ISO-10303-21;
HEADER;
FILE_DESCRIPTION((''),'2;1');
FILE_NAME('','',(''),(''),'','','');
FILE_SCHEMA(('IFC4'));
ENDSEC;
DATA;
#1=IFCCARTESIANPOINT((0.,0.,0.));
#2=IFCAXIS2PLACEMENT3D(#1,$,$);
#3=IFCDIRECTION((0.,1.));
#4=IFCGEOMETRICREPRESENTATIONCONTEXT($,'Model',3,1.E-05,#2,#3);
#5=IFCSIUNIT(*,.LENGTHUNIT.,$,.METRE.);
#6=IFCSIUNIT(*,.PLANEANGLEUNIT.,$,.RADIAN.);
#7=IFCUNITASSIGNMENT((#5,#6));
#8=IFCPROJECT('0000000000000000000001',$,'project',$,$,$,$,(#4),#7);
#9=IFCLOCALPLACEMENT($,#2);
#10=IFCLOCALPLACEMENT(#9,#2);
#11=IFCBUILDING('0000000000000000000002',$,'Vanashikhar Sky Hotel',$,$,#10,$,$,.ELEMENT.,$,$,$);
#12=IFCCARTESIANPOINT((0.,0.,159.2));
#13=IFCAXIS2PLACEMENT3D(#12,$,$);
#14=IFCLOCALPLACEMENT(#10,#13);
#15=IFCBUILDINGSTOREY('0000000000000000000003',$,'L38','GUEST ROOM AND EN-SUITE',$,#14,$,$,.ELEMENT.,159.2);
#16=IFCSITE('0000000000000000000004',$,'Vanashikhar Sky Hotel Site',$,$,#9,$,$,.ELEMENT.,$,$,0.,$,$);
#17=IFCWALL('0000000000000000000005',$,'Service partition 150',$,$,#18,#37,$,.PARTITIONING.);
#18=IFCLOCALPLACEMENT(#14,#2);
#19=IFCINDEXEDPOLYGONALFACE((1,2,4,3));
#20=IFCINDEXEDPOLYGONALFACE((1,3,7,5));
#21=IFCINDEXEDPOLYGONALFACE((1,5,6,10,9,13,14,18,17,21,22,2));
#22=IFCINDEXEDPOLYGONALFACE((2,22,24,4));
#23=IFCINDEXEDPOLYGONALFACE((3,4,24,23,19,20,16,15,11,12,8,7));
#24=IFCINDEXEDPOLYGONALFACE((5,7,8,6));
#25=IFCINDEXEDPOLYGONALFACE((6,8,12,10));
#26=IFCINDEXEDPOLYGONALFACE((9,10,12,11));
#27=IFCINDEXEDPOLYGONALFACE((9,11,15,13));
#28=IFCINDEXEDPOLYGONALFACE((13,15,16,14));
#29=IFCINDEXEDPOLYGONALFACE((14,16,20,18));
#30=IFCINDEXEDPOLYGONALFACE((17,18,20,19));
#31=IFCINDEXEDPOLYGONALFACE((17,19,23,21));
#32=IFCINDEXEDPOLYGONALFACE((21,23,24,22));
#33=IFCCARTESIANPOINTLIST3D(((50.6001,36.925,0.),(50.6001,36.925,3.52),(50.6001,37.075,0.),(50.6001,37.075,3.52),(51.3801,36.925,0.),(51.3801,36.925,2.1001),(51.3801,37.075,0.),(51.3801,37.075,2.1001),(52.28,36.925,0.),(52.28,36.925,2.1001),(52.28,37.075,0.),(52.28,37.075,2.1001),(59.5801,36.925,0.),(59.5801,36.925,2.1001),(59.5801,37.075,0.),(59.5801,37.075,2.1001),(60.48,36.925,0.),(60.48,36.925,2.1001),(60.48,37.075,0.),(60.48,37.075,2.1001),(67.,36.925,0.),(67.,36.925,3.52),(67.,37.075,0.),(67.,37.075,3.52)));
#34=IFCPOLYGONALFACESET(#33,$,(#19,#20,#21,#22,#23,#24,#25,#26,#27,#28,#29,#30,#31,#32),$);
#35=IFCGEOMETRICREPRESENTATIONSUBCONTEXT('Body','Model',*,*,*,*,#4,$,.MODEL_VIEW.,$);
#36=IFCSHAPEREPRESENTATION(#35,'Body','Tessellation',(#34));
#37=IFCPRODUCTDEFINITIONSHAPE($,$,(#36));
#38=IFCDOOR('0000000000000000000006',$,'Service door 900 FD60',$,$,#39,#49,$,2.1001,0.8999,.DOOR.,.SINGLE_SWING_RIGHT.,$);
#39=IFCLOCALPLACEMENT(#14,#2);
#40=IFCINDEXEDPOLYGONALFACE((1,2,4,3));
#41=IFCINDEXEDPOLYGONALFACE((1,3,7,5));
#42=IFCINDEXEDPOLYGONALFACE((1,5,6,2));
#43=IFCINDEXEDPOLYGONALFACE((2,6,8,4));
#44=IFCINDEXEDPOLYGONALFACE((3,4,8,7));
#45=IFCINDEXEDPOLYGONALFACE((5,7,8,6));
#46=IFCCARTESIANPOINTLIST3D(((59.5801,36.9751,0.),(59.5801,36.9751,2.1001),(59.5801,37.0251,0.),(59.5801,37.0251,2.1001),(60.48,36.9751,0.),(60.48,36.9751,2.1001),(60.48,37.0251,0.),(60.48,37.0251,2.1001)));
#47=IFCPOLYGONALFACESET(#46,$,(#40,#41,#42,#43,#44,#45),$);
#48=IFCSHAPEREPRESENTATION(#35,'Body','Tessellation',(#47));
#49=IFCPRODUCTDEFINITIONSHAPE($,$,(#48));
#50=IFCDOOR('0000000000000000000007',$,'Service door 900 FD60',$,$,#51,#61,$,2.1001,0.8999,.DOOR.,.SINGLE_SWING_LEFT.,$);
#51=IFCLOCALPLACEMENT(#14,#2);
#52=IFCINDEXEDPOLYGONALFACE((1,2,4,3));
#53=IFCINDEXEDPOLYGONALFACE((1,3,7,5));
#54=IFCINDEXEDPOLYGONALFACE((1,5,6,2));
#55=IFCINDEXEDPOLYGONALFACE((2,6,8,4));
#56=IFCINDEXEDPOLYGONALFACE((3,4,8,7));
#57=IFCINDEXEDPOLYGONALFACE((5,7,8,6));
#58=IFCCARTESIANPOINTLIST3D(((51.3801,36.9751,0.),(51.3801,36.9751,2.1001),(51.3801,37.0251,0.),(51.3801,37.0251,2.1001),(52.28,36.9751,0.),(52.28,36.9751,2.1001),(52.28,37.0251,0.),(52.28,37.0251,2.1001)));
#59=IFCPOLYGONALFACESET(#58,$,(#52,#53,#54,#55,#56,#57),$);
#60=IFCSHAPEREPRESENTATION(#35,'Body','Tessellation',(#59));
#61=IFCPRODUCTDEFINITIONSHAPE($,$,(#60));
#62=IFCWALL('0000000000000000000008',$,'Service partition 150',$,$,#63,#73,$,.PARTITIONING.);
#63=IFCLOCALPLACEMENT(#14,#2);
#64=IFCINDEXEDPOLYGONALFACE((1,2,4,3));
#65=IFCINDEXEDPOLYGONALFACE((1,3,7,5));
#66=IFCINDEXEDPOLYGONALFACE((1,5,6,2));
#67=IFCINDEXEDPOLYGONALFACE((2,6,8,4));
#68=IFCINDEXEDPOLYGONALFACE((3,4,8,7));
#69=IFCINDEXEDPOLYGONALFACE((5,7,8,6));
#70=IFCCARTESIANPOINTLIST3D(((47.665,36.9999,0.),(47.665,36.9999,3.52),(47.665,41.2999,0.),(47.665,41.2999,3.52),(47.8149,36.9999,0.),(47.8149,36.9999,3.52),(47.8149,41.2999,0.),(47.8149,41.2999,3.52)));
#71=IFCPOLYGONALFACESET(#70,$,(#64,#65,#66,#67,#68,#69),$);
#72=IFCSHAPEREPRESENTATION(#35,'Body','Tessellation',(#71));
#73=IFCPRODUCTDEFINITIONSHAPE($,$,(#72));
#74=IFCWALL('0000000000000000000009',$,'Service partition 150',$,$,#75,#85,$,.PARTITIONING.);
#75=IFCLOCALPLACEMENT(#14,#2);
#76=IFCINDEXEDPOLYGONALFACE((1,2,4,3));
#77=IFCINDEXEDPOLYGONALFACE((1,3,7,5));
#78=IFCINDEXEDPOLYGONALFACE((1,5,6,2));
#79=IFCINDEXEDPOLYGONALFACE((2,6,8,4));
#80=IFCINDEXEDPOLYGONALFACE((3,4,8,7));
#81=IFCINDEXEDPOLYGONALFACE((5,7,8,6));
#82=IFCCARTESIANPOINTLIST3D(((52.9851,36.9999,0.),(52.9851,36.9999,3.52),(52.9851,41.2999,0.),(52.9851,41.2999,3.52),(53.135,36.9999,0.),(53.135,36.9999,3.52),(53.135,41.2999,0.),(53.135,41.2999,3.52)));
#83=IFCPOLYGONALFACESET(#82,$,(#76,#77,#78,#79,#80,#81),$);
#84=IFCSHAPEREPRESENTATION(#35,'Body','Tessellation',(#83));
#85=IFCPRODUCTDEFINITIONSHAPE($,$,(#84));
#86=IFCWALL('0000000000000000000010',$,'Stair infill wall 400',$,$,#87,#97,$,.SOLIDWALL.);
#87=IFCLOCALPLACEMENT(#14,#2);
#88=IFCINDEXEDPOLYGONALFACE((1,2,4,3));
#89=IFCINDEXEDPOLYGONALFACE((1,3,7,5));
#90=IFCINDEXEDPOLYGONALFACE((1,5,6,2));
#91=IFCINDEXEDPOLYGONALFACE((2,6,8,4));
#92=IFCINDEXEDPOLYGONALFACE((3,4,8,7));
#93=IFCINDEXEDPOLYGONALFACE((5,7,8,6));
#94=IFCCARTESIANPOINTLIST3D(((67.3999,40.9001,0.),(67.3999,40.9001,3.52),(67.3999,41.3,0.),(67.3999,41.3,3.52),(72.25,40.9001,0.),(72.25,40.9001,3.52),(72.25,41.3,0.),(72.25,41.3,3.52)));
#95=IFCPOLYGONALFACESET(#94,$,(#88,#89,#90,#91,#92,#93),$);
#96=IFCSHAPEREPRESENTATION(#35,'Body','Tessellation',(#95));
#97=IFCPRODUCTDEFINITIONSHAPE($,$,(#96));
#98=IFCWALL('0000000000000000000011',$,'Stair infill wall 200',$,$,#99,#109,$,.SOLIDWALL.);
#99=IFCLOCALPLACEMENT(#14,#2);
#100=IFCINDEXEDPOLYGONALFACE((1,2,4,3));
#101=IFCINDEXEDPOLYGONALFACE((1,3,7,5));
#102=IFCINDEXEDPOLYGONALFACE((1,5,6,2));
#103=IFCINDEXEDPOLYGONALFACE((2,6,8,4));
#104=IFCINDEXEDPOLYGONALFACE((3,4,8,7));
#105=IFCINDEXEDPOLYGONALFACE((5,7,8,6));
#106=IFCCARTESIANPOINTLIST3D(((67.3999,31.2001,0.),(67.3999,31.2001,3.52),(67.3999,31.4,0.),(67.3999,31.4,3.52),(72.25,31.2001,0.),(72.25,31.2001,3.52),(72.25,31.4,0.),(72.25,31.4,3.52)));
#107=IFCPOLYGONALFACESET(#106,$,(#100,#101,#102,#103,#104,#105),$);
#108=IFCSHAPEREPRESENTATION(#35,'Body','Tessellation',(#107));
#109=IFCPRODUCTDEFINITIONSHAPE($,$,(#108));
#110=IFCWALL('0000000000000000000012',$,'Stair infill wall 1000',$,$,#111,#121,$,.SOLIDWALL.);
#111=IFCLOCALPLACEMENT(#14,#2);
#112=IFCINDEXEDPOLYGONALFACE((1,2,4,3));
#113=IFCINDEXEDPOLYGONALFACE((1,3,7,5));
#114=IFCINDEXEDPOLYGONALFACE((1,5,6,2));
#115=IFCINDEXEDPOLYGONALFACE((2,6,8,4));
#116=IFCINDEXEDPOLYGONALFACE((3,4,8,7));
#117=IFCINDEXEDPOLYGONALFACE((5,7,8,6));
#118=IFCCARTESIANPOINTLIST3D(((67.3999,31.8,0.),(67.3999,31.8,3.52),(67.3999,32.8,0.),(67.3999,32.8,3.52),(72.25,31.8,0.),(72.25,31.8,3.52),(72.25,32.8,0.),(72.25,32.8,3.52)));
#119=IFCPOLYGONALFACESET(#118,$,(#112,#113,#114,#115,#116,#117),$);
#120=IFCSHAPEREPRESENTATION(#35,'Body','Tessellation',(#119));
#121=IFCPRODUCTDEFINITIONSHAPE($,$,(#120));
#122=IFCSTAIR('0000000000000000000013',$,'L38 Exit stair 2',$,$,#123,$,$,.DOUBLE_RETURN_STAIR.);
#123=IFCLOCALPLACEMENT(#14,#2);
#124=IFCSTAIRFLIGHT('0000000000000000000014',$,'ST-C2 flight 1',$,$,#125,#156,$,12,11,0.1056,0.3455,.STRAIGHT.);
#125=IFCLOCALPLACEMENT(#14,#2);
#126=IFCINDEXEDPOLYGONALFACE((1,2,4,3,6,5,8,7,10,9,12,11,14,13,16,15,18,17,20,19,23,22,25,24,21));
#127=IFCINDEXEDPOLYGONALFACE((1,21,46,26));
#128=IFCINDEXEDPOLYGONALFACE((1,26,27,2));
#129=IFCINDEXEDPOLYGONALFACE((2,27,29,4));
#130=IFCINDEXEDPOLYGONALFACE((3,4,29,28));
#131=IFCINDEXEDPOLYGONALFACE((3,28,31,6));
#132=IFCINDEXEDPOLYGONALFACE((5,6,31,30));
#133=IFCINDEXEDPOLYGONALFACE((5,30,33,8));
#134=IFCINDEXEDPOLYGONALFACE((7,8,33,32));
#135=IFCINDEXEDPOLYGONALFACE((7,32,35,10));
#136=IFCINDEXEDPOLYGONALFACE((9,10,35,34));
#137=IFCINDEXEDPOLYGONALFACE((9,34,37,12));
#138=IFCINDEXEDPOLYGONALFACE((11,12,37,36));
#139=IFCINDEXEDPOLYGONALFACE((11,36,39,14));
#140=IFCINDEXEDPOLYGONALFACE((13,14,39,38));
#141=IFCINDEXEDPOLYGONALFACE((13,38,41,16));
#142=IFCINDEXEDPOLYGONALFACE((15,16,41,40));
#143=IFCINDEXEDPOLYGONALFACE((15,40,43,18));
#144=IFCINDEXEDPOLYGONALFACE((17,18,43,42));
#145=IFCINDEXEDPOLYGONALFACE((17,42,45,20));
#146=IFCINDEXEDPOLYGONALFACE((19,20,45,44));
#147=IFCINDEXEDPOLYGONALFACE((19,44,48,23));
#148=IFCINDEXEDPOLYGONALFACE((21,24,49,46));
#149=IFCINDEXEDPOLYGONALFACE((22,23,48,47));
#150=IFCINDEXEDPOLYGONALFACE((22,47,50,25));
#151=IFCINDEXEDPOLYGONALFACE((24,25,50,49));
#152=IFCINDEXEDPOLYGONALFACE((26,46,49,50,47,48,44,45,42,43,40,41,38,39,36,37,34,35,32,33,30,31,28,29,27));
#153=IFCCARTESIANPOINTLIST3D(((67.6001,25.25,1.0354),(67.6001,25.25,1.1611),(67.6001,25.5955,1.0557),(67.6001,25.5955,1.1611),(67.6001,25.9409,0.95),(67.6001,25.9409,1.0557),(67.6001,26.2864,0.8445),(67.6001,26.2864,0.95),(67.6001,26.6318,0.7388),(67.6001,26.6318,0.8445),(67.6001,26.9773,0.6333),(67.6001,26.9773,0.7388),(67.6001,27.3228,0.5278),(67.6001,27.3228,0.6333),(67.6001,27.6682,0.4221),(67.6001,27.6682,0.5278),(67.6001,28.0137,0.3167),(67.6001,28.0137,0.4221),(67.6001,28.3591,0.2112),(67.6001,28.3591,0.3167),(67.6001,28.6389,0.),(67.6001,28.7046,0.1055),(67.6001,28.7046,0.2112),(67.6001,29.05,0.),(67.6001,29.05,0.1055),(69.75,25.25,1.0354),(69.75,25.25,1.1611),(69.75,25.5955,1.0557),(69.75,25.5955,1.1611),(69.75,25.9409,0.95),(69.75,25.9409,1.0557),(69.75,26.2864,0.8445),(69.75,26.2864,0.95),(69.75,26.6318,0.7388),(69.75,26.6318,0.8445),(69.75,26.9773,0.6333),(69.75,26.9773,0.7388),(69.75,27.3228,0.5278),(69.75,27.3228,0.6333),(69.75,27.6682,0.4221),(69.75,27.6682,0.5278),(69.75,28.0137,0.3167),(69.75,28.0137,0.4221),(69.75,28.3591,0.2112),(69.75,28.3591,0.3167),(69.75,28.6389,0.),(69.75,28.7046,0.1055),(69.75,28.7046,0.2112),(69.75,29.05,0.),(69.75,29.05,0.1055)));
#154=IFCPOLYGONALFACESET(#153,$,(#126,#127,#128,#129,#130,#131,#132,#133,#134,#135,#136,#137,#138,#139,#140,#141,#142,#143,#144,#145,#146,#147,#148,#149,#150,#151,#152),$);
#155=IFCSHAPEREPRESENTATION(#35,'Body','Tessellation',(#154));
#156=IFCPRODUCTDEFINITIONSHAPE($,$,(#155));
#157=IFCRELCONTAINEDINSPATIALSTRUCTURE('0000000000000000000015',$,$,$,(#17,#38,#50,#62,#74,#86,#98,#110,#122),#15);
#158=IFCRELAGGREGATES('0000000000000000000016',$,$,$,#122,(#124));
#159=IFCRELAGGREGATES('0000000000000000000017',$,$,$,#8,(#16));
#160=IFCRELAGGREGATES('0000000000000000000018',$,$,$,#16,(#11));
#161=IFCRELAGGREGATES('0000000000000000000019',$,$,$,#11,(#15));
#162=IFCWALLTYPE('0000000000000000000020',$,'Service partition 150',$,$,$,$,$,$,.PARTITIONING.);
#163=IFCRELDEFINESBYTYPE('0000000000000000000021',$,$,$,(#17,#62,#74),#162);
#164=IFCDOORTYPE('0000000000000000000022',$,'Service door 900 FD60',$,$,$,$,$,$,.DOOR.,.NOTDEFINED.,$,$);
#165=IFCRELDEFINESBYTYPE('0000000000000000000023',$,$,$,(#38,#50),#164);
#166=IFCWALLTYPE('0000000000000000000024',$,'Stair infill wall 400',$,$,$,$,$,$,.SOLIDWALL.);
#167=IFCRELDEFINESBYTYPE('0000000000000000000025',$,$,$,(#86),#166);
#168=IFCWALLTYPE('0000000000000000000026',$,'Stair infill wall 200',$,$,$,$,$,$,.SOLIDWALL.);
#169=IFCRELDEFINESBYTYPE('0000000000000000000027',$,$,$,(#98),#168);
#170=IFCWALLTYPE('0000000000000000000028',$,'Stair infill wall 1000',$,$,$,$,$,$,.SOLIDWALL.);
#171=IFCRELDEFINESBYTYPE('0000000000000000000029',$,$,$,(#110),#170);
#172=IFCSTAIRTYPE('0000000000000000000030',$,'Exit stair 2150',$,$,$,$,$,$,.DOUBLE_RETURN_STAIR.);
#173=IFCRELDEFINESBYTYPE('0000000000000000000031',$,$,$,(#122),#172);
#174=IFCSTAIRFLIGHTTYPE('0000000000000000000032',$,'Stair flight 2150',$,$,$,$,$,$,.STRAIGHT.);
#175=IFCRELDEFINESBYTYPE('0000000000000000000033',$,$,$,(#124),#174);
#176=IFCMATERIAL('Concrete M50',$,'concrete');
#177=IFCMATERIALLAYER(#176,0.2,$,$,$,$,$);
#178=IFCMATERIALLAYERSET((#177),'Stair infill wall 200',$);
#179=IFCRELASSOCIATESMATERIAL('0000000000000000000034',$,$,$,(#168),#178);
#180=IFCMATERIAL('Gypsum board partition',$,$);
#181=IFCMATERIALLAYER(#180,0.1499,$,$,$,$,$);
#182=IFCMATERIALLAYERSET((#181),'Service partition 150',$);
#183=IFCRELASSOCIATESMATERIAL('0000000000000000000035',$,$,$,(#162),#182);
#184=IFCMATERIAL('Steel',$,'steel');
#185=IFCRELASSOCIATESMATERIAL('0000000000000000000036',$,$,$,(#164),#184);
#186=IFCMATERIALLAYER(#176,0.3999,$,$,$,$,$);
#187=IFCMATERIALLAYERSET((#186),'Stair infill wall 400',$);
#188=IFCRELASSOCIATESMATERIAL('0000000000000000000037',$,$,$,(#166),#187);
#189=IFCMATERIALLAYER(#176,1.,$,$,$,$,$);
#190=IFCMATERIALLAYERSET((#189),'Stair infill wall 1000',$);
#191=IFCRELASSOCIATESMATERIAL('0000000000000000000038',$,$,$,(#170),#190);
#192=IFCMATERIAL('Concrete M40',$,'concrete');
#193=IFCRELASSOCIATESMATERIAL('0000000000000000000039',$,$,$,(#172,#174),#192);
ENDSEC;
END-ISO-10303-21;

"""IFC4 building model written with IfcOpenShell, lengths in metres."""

from ifc_helpers import new_model, si_unit, direction, frame, frame_2d, origin, place, context, subcontext, project, spatial, polyline, rectangle, outline, extrude, source, transform, mapped, material, layer, layer_set, type_object, element, fill, aggregate, save


model = new_model("IFC4")

# Units and contexts
model_context = context("Model", 3, precision=1e-05, world=origin(), true_north=direction((0.0, 1.0)))
body_context = subcontext(model_context, "Body", "Model", "MODEL_VIEW")
ifc_project = project(units=[si_unit("LENGTHUNIT", "METRE"), si_unit("PLANEANGLEUNIT", "RADIAN")], contexts=[model_context])

# Site, building, storey
site_placement = place(None, origin())
site = spatial("IfcSite", under=ifc_project, at=site_placement, Name="Vanashikhar Sky Hotel Site", CompositionType="ELEMENT", RefElevation=0.0)
building_placement = place(site_placement, origin())
building = spatial("IfcBuilding", under=site, at=building_placement, Name="Vanashikhar Sky Hotel", CompositionType="ELEMENT")
storey_placement = place(building_placement, frame((0.0, 0.0, 159.2)))
storey = spatial("IfcBuildingStorey", under=building, at=storey_placement, Name="L38", Description="GUEST ROOM AND EN-SUITE", CompositionType="ELEMENT", Elevation=159.2)

# Shared definitions
ifc_material_1 = material(Name="Steel", Category="steel")

# Shared definitions
ifc_material_2 = material(Name="Concrete M50", Category="concrete")
ifc_layer_1 = layer(ifc_material_2, 0.2)
ifc_layer_set_1 = layer_set([ifc_layer_1], Name="Stair infill wall 200")
wall_type_1 = type_object("IfcWallType", Name="Stair infill wall 200", PredefinedType="SOLIDWALL", material=ifc_layer_set_1)
ifc_material_3 = material(Name="Gypsum board partition")
ifc_layer_2 = layer(ifc_material_3, 0.1499)
ifc_layer_set_2 = layer_set([ifc_layer_2], Name="Service partition 150")
wall_type_2 = type_object("IfcWallType", Name="Service partition 150", PredefinedType="PARTITIONING", material=ifc_layer_set_2)

# Wall, openings, doors
shared_shape_1 = source(origin(), body_context, "Body", "SweptSolid", [
    extrude(rectangle(XDim=0.8999, YDim=2.1001, at=frame_2d((0.45, 1.05))), frame((0.0, 0.085, 0.0), z_axis=(0.0, -1.0, 0.0), x_axis=(1.0, 0.0, 0.0)), (0.0, 0.0, 1.0), 0.1699),
])
door_type_1 = type_object("IfcDoorType", Name="Service door 900 FD60", OperationType="NOTDEFINED", PredefinedType="DOOR", material=ifc_material_1)
shared_shape_2 = source(origin(), body_context, "Body", "SweptSolid", [
    extrude(rectangle(XDim=0.8999, YDim=2.1001, at=frame_2d((0.45, 1.05))), frame((0.0, 0.0249, 0.0), z_axis=(0.0, -1.0, 0.0), x_axis=(1.0, 0.0, 0.0)), (0.0, 0.0, 1.0), 0.05),
])
shared_shape_3 = source(origin(), body_context, "Body", "SweptSolid", [
    extrude(rectangle(XDim=16.3999, YDim=0.1499, at=frame_2d((8.2, 0.0))), origin(), (0.0, 0.0, 1.0), 3.52),
])
wall_1_placement = place(storey_placement, frame((67.0, 37.0, 0.0), z_axis=(0.0, 0.0, 1.0), x_axis=(-1.0, 0.0, 0.0)))
wall_1 = element("IfcWall", 1, at=wall_1_placement, inside=storey, type_object=wall_type_2, Name="Service partition 150", PredefinedType="PARTITIONING", context=body_context, shape_type="MappedRepresentation", body=[
    mapped(shared_shape_3, transform((0.0, 0.0, 0.0), scale=1.0)),
])
opening_1_placement = place(wall_1_placement, frame((6.52, 0.0, 0.0)))
opening_1 = element("IfcOpeningElement", 2, at=opening_1_placement, cuts=wall_1, PredefinedType="OPENING", context=body_context, shape_type="MappedRepresentation", body=[
    mapped(shared_shape_1, transform((0.0, 0.0, 0.0), scale=1.0)),
])
opening_2_placement = place(wall_1_placement, frame((14.72, 0.0, 0.0)))
opening_2 = element("IfcOpeningElement", 3, at=opening_2_placement, cuts=wall_1, PredefinedType="OPENING", context=body_context, shape_type="MappedRepresentation", body=[
    mapped(shared_shape_1, transform((0.0, 0.0, 0.0), scale=1.0)),
])
door_1_placement = place(opening_1_placement, origin())
door_1 = element("IfcDoor", 4, at=door_1_placement, inside=storey, type_object=door_type_1, Name="Service door 900 FD60", OperationType="SINGLE_SWING_RIGHT", OverallHeight=2.1001, OverallWidth=0.8999, PredefinedType="DOOR", context=body_context, shape_type="MappedRepresentation", body=[
    mapped(shared_shape_2, transform((0.0, 0.0, 0.0), scale=1.0)),
])
fill(opening_1, door_1)
door_2_placement = place(opening_2_placement, origin())
door_2 = element("IfcDoor", 5, at=door_2_placement, inside=storey, type_object=door_type_1, Name="Service door 900 FD60", OperationType="SINGLE_SWING_LEFT", OverallHeight=2.1001, OverallWidth=0.8999, PredefinedType="DOOR", context=body_context, shape_type="MappedRepresentation", body=[
    mapped(shared_shape_2, transform((0.0, 0.0, 0.0), scale=1.0)),
])
fill(opening_2, door_2)

# Walls
shared_shape_4 = source(origin(), body_context, "Body", "SweptSolid", [
    extrude(rectangle(XDim=4.3, YDim=0.1499, at=frame_2d((2.1499, 0.0))), origin(), (0.0, 0.0, 1.0), 3.52),
])
for number, where, z_axis, x_axis, name in (
    (6, (47.74, 37.0, 0.0), (0.0, 0.0, 1.0), (0.0, 1.0, 0.0), "Service partition 150"),
    (7, (53.0601, 37.0, 0.0), (0.0, 0.0, 1.0), (0.0, 1.0, 0.0), "Service partition 150"),
):
    element("IfcWall", number, at=place(storey_placement, frame(where, z_axis=z_axis, x_axis=x_axis)), inside=storey, type_object=wall_type_2, Name=name, PredefinedType="PARTITIONING", context=body_context, shape_type="MappedRepresentation", body=[
        mapped(shared_shape_4, transform((0.0, 0.0, 0.0), scale=1.0)),
    ])
ifc_layer_3 = layer(ifc_material_2, 0.3999)
ifc_layer_set_3 = layer_set([ifc_layer_3], Name="Stair infill wall 400")
wall_type_3 = type_object("IfcWallType", Name="Stair infill wall 400", PredefinedType="SOLIDWALL", material=ifc_layer_set_3)
shared_shape_5 = source(origin(), body_context, "Body", "SweptSolid", [
    extrude(rectangle(XDim=4.8501, YDim=0.3999, at=frame_2d((2.425, 0.0))), origin(), (0.0, 0.0, 1.0), 3.52),
])
wall_2_placement = place(storey_placement, frame((67.3999, 41.1001, 0.0), z_axis=(0.0, 0.0, 1.0), x_axis=(1.0, 0.0, 0.0)))
element("IfcWall", 8, at=wall_2_placement, inside=storey, type_object=wall_type_3, Name="Stair infill wall 400", PredefinedType="SOLIDWALL", context=body_context, shape_type="MappedRepresentation", body=[
    mapped(shared_shape_5, transform((0.0, 0.0, 0.0), scale=1.0)),
])
shared_shape_6 = source(origin(), body_context, "Body", "SweptSolid", [
    extrude(rectangle(XDim=4.8501, YDim=0.2, at=frame_2d((2.425, 0.0))), origin(), (0.0, 0.0, 1.0), 3.52),
])
wall_3_placement = place(storey_placement, frame((67.3999, 31.3, 0.0), z_axis=(0.0, 0.0, 1.0), x_axis=(1.0, 0.0, 0.0)))
element("IfcWall", 9, at=wall_3_placement, inside=storey, type_object=wall_type_1, Name="Stair infill wall 200", PredefinedType="SOLIDWALL", context=body_context, shape_type="MappedRepresentation", body=[
    mapped(shared_shape_6, transform((0.0, 0.0, 0.0), scale=1.0)),
])
ifc_layer_4 = layer(ifc_material_2, 1.0)
ifc_layer_set_4 = layer_set([ifc_layer_4], Name="Stair infill wall 1000")
wall_type_4 = type_object("IfcWallType", Name="Stair infill wall 1000", PredefinedType="SOLIDWALL", material=ifc_layer_set_4)
shared_shape_7 = source(origin(), body_context, "Body", "SweptSolid", [
    extrude(rectangle(XDim=4.8501, YDim=1.0, at=frame_2d((2.425, 0.0))), origin(), (0.0, 0.0, 1.0), 3.52),
])
wall_4_placement = place(storey_placement, frame((67.3999, 32.3, 0.0), z_axis=(0.0, 0.0, 1.0), x_axis=(1.0, 0.0, 0.0)))
element("IfcWall", 10, at=wall_4_placement, inside=storey, type_object=wall_type_4, Name="Stair infill wall 1000", PredefinedType="SOLIDWALL", context=body_context, shape_type="MappedRepresentation", body=[
    mapped(shared_shape_7, transform((0.0, 0.0, 0.0), scale=1.0)),
])

# Stair, stair flight
ifc_material_4 = material(Name="Concrete M40", Category="concrete")
stair_type = type_object("IfcStairType", Name="Exit stair 2150", PredefinedType="DOUBLE_RETURN_STAIR", material=ifc_material_4)
stair_1_placement = place(storey_placement, origin())
stair_1 = element("IfcStair", 11, at=stair_1_placement, inside=storey, type_object=stair_type, Name="L38 Exit stair 2", PredefinedType="DOUBLE_RETURN_STAIR")
stair_flight_type = type_object("IfcStairFlightType", Name="Stair flight 2150", PredefinedType="STRAIGHT", material=ifc_material_4)
shared_shape_8 = source(origin(), body_context, "Body", "SweptSolid", [
    extrude(outline(polyline([(0.0, 0.0), (0.0, 0.1055), (0.3455, 0.1055), (0.3455, 0.2112), (0.6909, 0.2112), (0.6909, 0.3167), (1.0364, 0.3167), (1.0364, 0.4221), (1.3818, 0.4221), (1.3818, 0.5278), (1.7273, 0.5278), (1.7273, 0.6333), (2.0728, 0.6333), (2.0728, 0.7388), (2.4182, 0.7388), (2.4182, 0.8445), (2.7637, 0.8445), (2.7637, 0.95), (3.1091, 0.95), (3.1091, 1.0557), (3.4546, 1.0557), (3.4546, 1.1611), (3.8, 1.1611), (3.8, 1.2666), (3.8, 1.0354), (0.4111, 0.0), (0.0, 0.0)])), frame((0.0, 1.075, 0.0), z_axis=(0.0, -1.0, 0.0), x_axis=(1.0, 0.0, 0.0)), (0.0, 0.0, 1.0), 2.1499),
])
stair_flight_1_placement = place(storey_placement, frame((68.675, 29.05, 0.0), z_axis=(0.0, 0.0, 1.0), x_axis=(0.0, -1.0, 0.0)))
stair_flight_1 = element("IfcStairFlight", 12, at=stair_flight_1_placement, type_object=stair_flight_type, Name="ST-C2 flight 1", NumberOfRisers=12, NumberOfTreads=11, PredefinedType="STRAIGHT", RiserHeight=0.1056, TreadLength=0.3455, context=body_context, shape_type="MappedRepresentation", body=[
    mapped(shared_shape_8, transform((0.0, 0.0, 0.0), scale=1.0)),
])
aggregate(stair_1, [stair_flight_1])

save(model, "model.ifc")
